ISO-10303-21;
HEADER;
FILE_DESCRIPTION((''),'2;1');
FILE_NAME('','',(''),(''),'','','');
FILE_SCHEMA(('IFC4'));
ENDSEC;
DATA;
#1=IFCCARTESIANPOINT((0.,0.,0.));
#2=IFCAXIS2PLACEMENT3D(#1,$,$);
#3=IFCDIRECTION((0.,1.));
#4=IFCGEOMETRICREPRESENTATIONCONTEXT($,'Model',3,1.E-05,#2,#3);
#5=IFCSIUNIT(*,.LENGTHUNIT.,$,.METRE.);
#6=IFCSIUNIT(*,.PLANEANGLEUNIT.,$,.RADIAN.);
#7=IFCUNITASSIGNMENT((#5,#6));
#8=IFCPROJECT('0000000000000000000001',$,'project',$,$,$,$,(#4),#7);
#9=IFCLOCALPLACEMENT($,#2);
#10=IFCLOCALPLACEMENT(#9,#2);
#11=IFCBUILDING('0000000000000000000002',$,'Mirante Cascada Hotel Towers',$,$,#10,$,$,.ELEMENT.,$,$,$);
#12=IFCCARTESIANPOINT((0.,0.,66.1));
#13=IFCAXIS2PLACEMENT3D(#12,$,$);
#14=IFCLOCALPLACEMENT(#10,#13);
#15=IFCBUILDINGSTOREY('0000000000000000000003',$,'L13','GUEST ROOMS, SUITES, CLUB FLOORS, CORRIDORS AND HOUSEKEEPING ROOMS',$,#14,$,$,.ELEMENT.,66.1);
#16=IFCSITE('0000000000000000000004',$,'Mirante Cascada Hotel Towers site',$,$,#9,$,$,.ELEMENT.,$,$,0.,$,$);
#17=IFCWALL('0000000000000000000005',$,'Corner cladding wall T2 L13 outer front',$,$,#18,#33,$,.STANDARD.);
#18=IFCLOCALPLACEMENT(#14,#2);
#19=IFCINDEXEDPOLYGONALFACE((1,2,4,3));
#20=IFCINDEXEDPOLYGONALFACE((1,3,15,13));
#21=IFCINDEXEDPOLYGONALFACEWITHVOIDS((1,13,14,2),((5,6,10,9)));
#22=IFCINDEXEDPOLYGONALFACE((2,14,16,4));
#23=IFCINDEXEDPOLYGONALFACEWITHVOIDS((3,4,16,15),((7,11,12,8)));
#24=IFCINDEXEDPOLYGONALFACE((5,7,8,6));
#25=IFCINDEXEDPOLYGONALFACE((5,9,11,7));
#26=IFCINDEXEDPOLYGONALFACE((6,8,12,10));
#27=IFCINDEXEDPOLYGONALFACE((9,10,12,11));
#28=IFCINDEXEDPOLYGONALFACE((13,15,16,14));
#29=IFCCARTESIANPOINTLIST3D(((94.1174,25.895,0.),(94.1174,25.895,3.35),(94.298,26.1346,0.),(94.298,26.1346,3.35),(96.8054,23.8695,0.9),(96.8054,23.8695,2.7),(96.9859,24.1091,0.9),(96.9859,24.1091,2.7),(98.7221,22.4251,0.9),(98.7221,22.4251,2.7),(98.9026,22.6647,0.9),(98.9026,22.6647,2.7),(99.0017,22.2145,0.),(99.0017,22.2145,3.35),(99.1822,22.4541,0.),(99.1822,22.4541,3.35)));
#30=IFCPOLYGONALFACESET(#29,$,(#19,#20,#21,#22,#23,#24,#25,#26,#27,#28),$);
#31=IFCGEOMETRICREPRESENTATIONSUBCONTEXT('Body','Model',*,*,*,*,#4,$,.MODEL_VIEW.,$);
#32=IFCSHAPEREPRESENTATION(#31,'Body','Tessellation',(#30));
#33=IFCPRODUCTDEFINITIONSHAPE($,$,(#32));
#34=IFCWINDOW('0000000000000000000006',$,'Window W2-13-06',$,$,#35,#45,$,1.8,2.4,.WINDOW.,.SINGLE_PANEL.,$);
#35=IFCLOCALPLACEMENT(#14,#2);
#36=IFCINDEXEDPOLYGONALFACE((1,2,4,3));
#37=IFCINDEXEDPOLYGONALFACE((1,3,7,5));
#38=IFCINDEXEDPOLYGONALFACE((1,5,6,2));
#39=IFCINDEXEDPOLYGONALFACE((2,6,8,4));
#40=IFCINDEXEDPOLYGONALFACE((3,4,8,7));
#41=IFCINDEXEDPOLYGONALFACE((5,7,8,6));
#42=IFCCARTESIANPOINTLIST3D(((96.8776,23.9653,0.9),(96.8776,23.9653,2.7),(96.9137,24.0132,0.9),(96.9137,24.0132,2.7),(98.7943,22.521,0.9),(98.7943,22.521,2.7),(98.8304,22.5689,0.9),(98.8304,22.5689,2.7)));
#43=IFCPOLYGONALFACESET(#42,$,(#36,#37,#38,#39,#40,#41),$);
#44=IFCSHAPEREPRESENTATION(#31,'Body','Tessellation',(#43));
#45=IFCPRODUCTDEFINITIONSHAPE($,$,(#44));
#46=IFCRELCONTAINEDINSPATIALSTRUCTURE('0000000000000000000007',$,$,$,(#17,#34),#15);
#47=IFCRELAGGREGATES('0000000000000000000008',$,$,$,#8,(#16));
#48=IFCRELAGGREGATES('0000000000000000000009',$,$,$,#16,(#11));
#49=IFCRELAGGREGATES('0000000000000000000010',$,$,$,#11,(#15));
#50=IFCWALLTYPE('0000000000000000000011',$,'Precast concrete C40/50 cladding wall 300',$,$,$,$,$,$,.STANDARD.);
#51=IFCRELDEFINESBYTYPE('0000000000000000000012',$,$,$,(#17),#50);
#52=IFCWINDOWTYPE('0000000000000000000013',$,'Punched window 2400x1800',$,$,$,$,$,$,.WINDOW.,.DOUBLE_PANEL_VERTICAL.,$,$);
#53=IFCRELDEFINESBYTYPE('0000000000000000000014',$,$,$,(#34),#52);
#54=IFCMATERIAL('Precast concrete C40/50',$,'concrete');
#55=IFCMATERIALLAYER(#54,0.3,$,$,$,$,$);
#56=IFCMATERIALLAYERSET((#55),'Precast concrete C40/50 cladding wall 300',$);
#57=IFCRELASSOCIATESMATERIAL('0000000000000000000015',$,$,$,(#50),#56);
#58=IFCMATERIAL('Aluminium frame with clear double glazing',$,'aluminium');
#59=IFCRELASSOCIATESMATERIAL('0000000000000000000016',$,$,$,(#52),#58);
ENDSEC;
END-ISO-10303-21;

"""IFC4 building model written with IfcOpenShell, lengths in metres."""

from ifc_helpers import new_model, si_unit, direction, frame, frame_2d, origin, place, context, subcontext, project, spatial, rectangle, extrude, material, layer, layer_set, type_object, element, fill, save


model = new_model("IFC4")

# Units and contexts
model_context = context("Model", 3, precision=1e-05, world=origin(), true_north=direction((0.0, 1.0)))
body_context = subcontext(model_context, "Body", "Model", "MODEL_VIEW")
ifc_project = project(units=[si_unit("LENGTHUNIT", "METRE"), si_unit("PLANEANGLEUNIT", "RADIAN")], contexts=[model_context])

# Site, building, storey
site_placement = place(None, origin())
site = spatial("IfcSite", under=ifc_project, at=site_placement, Name="Mirante Cascada Hotel Towers site", CompositionType="ELEMENT", RefElevation=0.0)
building_placement = place(site_placement, origin())
building = spatial("IfcBuilding", under=site, at=building_placement, Name="Mirante Cascada Hotel Towers", CompositionType="ELEMENT")
storey_placement = place(building_placement, frame((0.0, 0.0, 66.1)))
storey = spatial("IfcBuildingStorey", under=building, at=storey_placement, Name="L13", Description="GUEST ROOMS, SUITES, CLUB FLOORS, CORRIDORS AND HOUSEKEEPING ROOMS", CompositionType="ELEMENT", Elevation=66.1)

# Wall, opening, window
ifc_material_1 = material(Name="Precast concrete C40/50", Category="concrete")
ifc_layer_1 = layer(ifc_material_1, 0.3)
ifc_layer_set_1 = layer_set([ifc_layer_1], Name="Precast concrete C40/50 cladding wall 300")
wall_type_1 = type_object("IfcWallType", Name="Precast concrete C40/50 cladding wall 300", PredefinedType="STANDARD", material=ifc_layer_set_1)
wall_1_placement = place(storey_placement, frame((99.0919, 22.3343, 0.0), z_axis=(0.0, 0.0, 1.0), x_axis=(-0.798636, 0.601814, 0.0)))
wall_1 = element("IfcWall", 1, at=wall_1_placement, inside=storey, type_object=wall_type_1, Name="Corner cladding wall T2 L13 outer front", PredefinedType="STANDARD", context=body_context, shape_type="SweptSolid", body=[
    extrude(rectangle(XDim=6.1157, YDim=0.3, at=frame_2d((3.0578, 0.0))), origin(), (0.0, 0.0, 1.0), 3.35),
])
opening_1_placement = place(wall_1_placement, frame((0.35, 0.0, 0.9)))
opening_1 = element("IfcOpeningElement", 2, at=opening_1_placement, cuts=wall_1, PredefinedType="OPENING", context=body_context, shape_type="SweptSolid", body=[
    extrude(rectangle(XDim=2.4, YDim=1.8, at=frame_2d((1.2, 0.9))), frame((0.0, 0.15, 0.0), z_axis=(0.0, -1.0, 0.0), x_axis=(1.0, 0.0, 0.0)), (0.0, 0.0, 1.0), 0.3),
])
ifc_material_2 = material(Name="Aluminium frame with clear double glazing", Category="aluminium")
window_type = type_object("IfcWindowType", Name="Punched window 2400x1800", PartitioningType="DOUBLE_PANEL_VERTICAL", PredefinedType="WINDOW", material=ifc_material_2)
window_placement = place(opening_1_placement, origin())
window = element("IfcWindow", 3, at=window_placement, inside=storey, type_object=window_type, Name="Window W2-13-06", OverallHeight=1.8, OverallWidth=2.4, PartitioningType="SINGLE_PANEL", PredefinedType="WINDOW", context=body_context, shape_type="SweptSolid", body=[
    extrude(rectangle(XDim=2.4, YDim=1.8, at=frame_2d((1.2, 0.9))), frame((0.0, 0.03, 0.0), z_axis=(0.0, -1.0, 0.0), x_axis=(1.0, 0.0, 0.0)), (0.0, 0.0, 1.0), 0.06),
])
fill(opening_1, window)

save(model, "model.ifc")
